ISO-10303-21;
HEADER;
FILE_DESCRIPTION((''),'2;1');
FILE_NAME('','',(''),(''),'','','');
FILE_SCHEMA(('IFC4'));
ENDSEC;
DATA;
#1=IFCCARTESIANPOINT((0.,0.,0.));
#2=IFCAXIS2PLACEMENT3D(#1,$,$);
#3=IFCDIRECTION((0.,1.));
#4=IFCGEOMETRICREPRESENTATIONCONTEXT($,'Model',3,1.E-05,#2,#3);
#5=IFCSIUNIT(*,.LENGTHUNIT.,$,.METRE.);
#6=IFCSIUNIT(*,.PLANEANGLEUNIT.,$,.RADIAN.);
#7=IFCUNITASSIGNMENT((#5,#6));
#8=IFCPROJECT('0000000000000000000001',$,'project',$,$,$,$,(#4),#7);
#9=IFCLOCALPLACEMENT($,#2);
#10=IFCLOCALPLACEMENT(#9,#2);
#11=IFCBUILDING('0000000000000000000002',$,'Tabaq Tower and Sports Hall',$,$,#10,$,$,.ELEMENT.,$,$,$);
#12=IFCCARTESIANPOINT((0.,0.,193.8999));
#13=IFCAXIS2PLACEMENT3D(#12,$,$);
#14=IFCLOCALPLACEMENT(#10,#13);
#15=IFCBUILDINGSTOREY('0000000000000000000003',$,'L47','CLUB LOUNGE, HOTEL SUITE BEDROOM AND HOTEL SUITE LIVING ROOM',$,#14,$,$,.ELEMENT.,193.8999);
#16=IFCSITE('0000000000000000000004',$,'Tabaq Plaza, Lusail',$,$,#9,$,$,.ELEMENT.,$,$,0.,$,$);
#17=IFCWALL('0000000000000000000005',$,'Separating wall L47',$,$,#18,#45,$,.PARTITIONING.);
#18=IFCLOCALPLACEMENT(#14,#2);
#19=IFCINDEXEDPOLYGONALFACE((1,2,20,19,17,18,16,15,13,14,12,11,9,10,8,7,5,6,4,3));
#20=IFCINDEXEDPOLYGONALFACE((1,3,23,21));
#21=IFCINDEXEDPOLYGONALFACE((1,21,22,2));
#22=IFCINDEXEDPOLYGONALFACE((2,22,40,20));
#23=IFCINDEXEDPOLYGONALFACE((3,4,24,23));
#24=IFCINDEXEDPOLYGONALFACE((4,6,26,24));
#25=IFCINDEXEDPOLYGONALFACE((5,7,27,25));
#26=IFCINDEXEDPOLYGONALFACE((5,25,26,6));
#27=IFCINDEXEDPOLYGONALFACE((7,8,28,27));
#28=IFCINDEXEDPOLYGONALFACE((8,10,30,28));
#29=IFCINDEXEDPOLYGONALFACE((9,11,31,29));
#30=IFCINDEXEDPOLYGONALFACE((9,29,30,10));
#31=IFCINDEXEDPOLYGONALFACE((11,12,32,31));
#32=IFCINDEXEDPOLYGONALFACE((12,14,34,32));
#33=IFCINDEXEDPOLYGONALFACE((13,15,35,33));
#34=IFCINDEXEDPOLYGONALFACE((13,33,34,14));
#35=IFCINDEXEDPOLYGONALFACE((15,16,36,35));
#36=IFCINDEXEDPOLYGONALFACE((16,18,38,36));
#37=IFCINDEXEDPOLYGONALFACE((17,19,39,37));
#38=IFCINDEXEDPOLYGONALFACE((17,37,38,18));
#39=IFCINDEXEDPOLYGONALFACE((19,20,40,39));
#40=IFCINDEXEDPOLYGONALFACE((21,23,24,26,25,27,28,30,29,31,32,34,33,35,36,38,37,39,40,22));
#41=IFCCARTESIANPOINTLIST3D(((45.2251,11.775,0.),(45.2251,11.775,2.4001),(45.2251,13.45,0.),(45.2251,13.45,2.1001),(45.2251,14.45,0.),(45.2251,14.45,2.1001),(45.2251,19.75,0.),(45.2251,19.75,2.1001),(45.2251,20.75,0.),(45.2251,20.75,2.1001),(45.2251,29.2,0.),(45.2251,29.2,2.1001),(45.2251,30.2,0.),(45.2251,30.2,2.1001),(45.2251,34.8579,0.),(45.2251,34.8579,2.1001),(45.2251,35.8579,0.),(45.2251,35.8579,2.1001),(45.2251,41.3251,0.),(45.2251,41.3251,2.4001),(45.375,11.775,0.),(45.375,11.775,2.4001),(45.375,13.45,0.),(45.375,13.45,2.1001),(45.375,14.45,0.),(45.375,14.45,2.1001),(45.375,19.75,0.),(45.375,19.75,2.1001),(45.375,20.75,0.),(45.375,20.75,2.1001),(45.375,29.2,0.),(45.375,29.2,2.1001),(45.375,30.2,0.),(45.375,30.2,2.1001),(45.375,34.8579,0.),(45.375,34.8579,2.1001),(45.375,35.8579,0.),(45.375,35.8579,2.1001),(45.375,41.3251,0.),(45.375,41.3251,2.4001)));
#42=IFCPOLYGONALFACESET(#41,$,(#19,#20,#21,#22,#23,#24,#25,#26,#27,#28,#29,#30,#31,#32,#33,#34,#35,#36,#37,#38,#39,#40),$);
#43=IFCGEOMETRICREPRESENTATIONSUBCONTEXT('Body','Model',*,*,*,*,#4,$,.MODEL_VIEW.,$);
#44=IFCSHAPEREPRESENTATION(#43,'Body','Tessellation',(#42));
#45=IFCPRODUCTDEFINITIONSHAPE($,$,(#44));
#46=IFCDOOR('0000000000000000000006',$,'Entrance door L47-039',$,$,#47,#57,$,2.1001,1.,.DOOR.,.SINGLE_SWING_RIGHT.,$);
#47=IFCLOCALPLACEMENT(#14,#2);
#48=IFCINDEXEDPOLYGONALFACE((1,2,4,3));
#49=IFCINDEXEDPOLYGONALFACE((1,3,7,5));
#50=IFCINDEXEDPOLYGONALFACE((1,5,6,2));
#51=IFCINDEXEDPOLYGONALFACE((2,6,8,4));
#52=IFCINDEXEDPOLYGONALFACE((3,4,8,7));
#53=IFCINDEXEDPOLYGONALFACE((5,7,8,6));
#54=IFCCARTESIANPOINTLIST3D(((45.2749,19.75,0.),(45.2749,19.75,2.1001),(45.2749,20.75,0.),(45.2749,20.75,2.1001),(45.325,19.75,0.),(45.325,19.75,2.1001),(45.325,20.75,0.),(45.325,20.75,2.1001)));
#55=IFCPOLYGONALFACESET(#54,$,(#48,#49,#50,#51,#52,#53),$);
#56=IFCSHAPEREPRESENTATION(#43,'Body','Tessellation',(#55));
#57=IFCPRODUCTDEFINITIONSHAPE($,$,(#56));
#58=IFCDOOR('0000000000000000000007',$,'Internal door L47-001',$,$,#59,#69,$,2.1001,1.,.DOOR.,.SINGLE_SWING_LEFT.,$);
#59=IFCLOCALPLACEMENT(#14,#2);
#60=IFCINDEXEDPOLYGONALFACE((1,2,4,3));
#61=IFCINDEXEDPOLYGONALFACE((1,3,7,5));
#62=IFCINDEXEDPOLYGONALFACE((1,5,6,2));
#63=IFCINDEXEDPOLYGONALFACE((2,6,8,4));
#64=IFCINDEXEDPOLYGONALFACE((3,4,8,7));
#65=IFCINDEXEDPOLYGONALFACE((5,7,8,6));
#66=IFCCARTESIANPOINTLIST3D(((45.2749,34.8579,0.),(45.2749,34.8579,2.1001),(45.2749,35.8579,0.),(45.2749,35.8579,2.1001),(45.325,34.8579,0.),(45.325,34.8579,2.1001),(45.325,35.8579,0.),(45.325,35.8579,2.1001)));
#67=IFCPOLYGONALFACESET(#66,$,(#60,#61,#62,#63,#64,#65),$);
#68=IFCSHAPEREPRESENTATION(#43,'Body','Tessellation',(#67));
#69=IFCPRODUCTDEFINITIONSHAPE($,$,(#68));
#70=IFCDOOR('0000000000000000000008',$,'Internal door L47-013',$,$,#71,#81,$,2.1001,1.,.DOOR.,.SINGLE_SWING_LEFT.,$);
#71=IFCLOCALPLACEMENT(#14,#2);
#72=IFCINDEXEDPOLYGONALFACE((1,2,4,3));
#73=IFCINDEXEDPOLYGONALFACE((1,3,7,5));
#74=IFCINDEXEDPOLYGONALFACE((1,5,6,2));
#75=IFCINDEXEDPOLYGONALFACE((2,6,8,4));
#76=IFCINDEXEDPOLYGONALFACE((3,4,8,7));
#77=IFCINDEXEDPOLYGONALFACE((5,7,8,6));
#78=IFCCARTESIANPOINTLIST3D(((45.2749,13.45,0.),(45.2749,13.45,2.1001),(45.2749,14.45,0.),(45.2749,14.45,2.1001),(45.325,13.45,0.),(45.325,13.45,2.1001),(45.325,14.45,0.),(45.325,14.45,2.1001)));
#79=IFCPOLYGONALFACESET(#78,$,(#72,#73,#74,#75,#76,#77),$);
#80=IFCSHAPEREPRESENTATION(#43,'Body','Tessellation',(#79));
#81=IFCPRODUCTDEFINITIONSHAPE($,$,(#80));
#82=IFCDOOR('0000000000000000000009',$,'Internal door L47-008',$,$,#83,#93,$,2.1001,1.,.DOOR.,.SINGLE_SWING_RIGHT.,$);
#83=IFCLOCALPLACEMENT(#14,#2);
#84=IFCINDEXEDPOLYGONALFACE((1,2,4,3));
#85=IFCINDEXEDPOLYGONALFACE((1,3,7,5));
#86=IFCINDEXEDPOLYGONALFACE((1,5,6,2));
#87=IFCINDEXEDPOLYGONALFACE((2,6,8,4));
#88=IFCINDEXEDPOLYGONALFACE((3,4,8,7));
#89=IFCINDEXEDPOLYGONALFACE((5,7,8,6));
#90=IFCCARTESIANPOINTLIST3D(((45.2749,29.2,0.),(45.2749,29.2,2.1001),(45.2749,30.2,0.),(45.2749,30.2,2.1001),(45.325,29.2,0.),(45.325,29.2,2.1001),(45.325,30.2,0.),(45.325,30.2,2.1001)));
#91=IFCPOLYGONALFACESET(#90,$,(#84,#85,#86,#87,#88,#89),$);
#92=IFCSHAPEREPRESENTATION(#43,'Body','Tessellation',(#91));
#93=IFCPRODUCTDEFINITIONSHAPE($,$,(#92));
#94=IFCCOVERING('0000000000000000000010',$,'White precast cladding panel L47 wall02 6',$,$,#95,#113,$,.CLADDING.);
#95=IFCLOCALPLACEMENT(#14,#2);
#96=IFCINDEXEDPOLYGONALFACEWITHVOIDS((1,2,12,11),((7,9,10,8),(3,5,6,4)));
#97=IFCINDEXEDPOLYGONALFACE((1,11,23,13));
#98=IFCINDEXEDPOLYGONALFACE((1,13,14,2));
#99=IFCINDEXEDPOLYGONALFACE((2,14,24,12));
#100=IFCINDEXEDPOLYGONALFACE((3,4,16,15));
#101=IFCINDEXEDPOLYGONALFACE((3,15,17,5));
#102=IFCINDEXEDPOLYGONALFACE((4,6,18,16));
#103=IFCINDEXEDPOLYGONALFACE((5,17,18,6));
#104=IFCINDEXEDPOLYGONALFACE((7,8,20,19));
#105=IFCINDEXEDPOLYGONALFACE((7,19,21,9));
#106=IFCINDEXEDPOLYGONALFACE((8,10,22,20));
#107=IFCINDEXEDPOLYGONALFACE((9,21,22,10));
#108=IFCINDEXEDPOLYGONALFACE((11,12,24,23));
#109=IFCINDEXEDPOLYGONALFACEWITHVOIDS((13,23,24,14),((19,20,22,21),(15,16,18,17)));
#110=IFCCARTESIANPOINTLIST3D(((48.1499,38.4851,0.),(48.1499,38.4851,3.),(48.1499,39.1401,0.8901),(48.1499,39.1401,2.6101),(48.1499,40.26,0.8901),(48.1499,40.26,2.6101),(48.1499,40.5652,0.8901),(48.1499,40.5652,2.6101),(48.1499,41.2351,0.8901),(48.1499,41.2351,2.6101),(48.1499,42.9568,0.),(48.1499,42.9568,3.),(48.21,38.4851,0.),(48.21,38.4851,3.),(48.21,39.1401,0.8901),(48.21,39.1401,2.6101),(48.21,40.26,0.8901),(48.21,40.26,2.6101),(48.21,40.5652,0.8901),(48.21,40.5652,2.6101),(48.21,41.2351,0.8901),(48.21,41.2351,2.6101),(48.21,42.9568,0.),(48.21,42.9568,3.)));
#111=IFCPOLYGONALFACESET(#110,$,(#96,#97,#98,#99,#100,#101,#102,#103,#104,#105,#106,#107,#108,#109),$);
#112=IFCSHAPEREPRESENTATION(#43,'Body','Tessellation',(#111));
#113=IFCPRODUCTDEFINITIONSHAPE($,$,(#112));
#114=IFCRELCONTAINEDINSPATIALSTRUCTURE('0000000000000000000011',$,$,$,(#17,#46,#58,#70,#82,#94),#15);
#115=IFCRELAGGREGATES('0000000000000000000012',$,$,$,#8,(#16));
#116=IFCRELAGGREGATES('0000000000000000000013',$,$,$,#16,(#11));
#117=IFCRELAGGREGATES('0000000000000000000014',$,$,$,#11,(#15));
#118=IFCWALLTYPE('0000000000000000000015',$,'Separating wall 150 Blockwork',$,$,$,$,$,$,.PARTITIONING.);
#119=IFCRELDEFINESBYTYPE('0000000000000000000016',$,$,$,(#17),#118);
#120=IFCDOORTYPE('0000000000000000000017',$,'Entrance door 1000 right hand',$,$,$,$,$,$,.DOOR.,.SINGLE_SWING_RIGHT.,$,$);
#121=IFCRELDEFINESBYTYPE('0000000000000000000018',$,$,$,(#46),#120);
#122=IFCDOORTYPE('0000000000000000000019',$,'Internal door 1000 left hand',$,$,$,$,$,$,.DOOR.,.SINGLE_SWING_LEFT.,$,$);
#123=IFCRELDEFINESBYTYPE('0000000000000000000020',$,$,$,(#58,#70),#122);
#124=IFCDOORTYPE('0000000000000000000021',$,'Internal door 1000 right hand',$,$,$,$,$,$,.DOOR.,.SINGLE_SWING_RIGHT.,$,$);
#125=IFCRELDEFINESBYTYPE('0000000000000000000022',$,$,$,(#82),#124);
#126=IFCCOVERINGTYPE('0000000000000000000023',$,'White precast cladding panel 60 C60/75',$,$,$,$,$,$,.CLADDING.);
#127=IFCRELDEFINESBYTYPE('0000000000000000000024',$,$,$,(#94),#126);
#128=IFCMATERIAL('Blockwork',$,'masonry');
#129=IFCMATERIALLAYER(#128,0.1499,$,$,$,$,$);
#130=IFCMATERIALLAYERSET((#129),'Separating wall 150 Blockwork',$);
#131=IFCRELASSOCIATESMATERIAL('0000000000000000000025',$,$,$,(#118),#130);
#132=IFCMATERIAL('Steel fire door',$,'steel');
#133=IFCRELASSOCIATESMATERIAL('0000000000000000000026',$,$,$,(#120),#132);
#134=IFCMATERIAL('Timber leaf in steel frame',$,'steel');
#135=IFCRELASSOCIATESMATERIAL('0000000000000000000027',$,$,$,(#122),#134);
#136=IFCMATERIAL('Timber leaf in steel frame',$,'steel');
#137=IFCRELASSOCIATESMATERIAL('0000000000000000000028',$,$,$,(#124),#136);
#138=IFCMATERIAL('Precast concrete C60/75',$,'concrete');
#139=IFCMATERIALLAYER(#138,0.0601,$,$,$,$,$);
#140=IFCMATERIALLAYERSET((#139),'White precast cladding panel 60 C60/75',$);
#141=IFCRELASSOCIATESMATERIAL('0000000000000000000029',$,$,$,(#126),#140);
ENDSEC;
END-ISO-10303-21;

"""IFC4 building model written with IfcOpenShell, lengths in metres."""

from ifc_helpers import new_model, si_unit, direction, frame, frame_2d, origin, place, context, subcontext, project, spatial, polyline, rectangle, outline, extrude, material, layer, layer_set, type_object, element, fill, save


model = new_model("IFC4")

# Units and contexts
model_context = context("Model", 3, precision=1e-05, world=origin(), true_north=direction((0.0, 1.0)))
body_context = subcontext(model_context, "Body", "Model", "MODEL_VIEW")
ifc_project = project(units=[si_unit("LENGTHUNIT", "METRE"), si_unit("PLANEANGLEUNIT", "RADIAN")], contexts=[model_context])

# Site, building, storey
site_placement = place(None, origin())
site = spatial("IfcSite", under=ifc_project, at=site_placement, Name="Tabaq Plaza, Lusail", CompositionType="ELEMENT", RefElevation=0.0)
building_placement = place(site_placement, origin())
building = spatial("IfcBuilding", under=site, at=building_placement, Name="Tabaq Tower and Sports Hall", CompositionType="ELEMENT")
storey_placement = place(building_placement, frame((0.0, 0.0, 193.8999)))
storey = spatial("IfcBuildingStorey", under=building, at=storey_placement, Name="L47", Description="CLUB LOUNGE, HOTEL SUITE BEDROOM AND HOTEL SUITE LIVING ROOM", CompositionType="ELEMENT", Elevation=193.8999)

# Shared definitions
ifc_material_1 = material(Name="Blockwork", Category="masonry")
ifc_layer_1 = layer(ifc_material_1, 0.1499)
ifc_layer_set_1 = layer_set([ifc_layer_1], Name="Separating wall 150 Blockwork")
wall_type = type_object("IfcWallType", Name="Separating wall 150 Blockwork", PredefinedType="PARTITIONING", material=ifc_layer_set_1)
ifc_material_2 = material(Name="Steel fire door", Category="steel")
door_type_1 = type_object("IfcDoorType", Name="Entrance door 1000 right hand", OperationType="SINGLE_SWING_RIGHT", PredefinedType="DOOR", material=ifc_material_2)
ifc_material_3 = material(Name="Timber leaf in steel frame", Category="steel")
door_type_2 = type_object("IfcDoorType", Name="Internal door 1000 left hand", OperationType="SINGLE_SWING_LEFT", PredefinedType="DOOR", material=ifc_material_3)
ifc_material_4 = material(Name="Timber leaf in steel frame", Category="steel")
door_type_3 = type_object("IfcDoorType", Name="Internal door 1000 right hand", OperationType="SINGLE_SWING_RIGHT", PredefinedType="DOOR", material=ifc_material_4)

# Wall, openings, doors
wall_1_placement = place(storey_placement, frame((45.3, 41.325, 0.0), z_axis=(0.0, 0.0, 1.0), x_axis=(0.0, -1.0, 0.0)))
wall_1 = element("IfcWall", 1, at=wall_1_placement, inside=storey, type_object=wall_type, Name="Separating wall L47", PredefinedType="PARTITIONING", context=body_context, shape_type="SweptSolid", body=[
    extrude(rectangle(XDim=29.55, YDim=0.1499, at=frame_2d((14.7749, 0.0))), origin(), (0.0, 0.0, 1.0), 2.4001),
])
opening_1_placement = place(wall_1_placement, frame((5.467, 0.0, 0.0)))
opening_1 = element("IfcOpeningElement", 2, at=opening_1_placement, cuts=wall_1, PredefinedType="OPENING", context=body_context, shape_type="SweptSolid", body=[
    extrude(rectangle(XDim=1.0, YDim=2.1001, at=frame_2d((0.5, 1.05))), frame((0.0, 0.075, 0.0), z_axis=(0.0, -1.0, 0.0), x_axis=(1.0, 0.0, 0.0)), (0.0, 0.0, 1.0), 0.1499),
])
opening_2_placement = place(wall_1_placement, frame((11.125, 0.0, 0.0)))
opening_2 = element("IfcOpeningElement", 3, at=opening_2_placement, cuts=wall_1, PredefinedType="OPENING", context=body_context, shape_type="SweptSolid", body=[
    extrude(rectangle(XDim=1.0, YDim=2.1001, at=frame_2d((0.5, 1.05))), frame((0.0, 0.075, 0.0), z_axis=(0.0, -1.0, 0.0), x_axis=(1.0, 0.0, 0.0)), (0.0, 0.0, 1.0), 0.1499),
])
opening_3_placement = place(wall_1_placement, frame((26.875, 0.0, 0.0)))
opening_3 = element("IfcOpeningElement", 4, at=opening_3_placement, cuts=wall_1, PredefinedType="OPENING", context=body_context, shape_type="SweptSolid", body=[
    extrude(rectangle(XDim=1.0, YDim=2.1001, at=frame_2d((0.5, 1.05))), frame((0.0, 0.075, 0.0), z_axis=(0.0, -1.0, 0.0), x_axis=(1.0, 0.0, 0.0)), (0.0, 0.0, 1.0), 0.1499),
])
opening_4_placement = place(wall_1_placement, frame((20.575, 0.0, 0.0)))
opening_4 = element("IfcOpeningElement", 5, at=opening_4_placement, cuts=wall_1, PredefinedType="OPENING", context=body_context, shape_type="SweptSolid", body=[
    extrude(rectangle(XDim=1.0, YDim=2.1001, at=frame_2d((0.5, 1.05))), frame((0.0, 0.075, 0.0), z_axis=(0.0, -1.0, 0.0), x_axis=(1.0, 0.0, 0.0)), (0.0, 0.0, 1.0), 0.1499),
])
door_1_placement = place(opening_4_placement, origin())
door_1 = element("IfcDoor", 6, at=door_1_placement, inside=storey, type_object=door_type_1, Name="Entrance door L47-039", OperationType="SINGLE_SWING_RIGHT", OverallHeight=2.1001, OverallWidth=1.0, PredefinedType="DOOR", context=body_context, shape_type="SweptSolid", body=[
    extrude(rectangle(XDim=1.0, YDim=2.1001, at=frame_2d((0.5, 1.05))), frame((0.0, 0.0249, 0.0), z_axis=(0.0, -1.0, 0.0), x_axis=(1.0, 0.0, 0.0)), (0.0, 0.0, 1.0), 0.05),
])
fill(opening_4, door_1)
door_2_placement = place(opening_1_placement, origin())
door_2 = element("IfcDoor", 7, at=door_2_placement, inside=storey, type_object=door_type_2, Name="Internal door L47-001", OperationType="SINGLE_SWING_LEFT", OverallHeight=2.1001, OverallWidth=1.0, PredefinedType="DOOR", context=body_context, shape_type="SweptSolid", body=[
    extrude(rectangle(XDim=1.0, YDim=2.1001, at=frame_2d((0.5, 1.05))), frame((0.0, 0.0249, 0.0), z_axis=(0.0, -1.0, 0.0), x_axis=(1.0, 0.0, 0.0)), (0.0, 0.0, 1.0), 0.05),
])
fill(opening_1, door_2)
door_3_placement = place(opening_3_placement, origin())
door_3 = element("IfcDoor", 8, at=door_3_placement, inside=storey, type_object=door_type_2, Name="Internal door L47-013", OperationType="SINGLE_SWING_LEFT", OverallHeight=2.1001, OverallWidth=1.0, PredefinedType="DOOR", context=body_context, shape_type="SweptSolid", body=[
    extrude(rectangle(XDim=1.0, YDim=2.1001, at=frame_2d((0.5, 1.05))), frame((0.0, 0.0249, 0.0), z_axis=(0.0, -1.0, 0.0), x_axis=(1.0, 0.0, 0.0)), (0.0, 0.0, 1.0), 0.05),
])
fill(opening_3, door_3)
door_4_placement = place(opening_2_placement, origin())
door_4 = element("IfcDoor", 9, at=door_4_placement, inside=storey, type_object=door_type_3, Name="Internal door L47-008", OperationType="SINGLE_SWING_RIGHT", OverallHeight=2.1001, OverallWidth=1.0, PredefinedType="DOOR", context=body_context, shape_type="SweptSolid", body=[
    extrude(rectangle(XDim=1.0, YDim=2.1001, at=frame_2d((0.5, 1.05))), frame((0.0, 0.0249, 0.0), z_axis=(0.0, -1.0, 0.0), x_axis=(1.0, 0.0, 0.0)), (0.0, 0.0, 1.0), 0.05),
])
fill(opening_2, door_4)

# Covering
ifc_material_5 = material(Name="Precast concrete C60/75", Category="concrete")
ifc_layer_2 = layer(ifc_material_5, 0.0601)
ifc_layer_set_2 = layer_set([ifc_layer_2], Name="White precast cladding panel 60 C60/75")
covering_type = type_object("IfcCoveringType", Name="White precast cladding panel 60 C60/75", PredefinedType="CLADDING", material=ifc_layer_set_2)
covering_placement = place(storey_placement, frame((48.1799, 38.4851, 0.0), z_axis=(0.0, 0.0, 1.0), x_axis=(0.0, 1.0, 0.0)))
element("IfcCovering", 10, at=covering_placement, inside=storey, type_object=covering_type, Name="White precast cladding panel L47 wall02 6", PredefinedType="CLADDING", context=body_context, shape_type="SweptSolid", body=[
    extrude(outline(polyline([(0.0, 0.0), (4.4717, 0.0), (4.4717, 3.0), (0.0, 3.0), (0.0, 0.0)]), holes=[polyline([(0.655, 2.6101), (1.7749, 2.6101), (1.7749, 0.8901), (0.655, 0.8901), (0.655, 2.6101)]), polyline([(2.0801, 2.6101), (2.75, 2.6101), (2.75, 0.8901), (2.0801, 0.8901), (2.0801, 2.6101)])]), frame((0.0, 0.03, 0.0), z_axis=(0.0, -1.0, 0.0), x_axis=(1.0, 0.0, 0.0)), (0.0, 0.0, 1.0), 0.0601),
])

save(model, "model.ifc")
